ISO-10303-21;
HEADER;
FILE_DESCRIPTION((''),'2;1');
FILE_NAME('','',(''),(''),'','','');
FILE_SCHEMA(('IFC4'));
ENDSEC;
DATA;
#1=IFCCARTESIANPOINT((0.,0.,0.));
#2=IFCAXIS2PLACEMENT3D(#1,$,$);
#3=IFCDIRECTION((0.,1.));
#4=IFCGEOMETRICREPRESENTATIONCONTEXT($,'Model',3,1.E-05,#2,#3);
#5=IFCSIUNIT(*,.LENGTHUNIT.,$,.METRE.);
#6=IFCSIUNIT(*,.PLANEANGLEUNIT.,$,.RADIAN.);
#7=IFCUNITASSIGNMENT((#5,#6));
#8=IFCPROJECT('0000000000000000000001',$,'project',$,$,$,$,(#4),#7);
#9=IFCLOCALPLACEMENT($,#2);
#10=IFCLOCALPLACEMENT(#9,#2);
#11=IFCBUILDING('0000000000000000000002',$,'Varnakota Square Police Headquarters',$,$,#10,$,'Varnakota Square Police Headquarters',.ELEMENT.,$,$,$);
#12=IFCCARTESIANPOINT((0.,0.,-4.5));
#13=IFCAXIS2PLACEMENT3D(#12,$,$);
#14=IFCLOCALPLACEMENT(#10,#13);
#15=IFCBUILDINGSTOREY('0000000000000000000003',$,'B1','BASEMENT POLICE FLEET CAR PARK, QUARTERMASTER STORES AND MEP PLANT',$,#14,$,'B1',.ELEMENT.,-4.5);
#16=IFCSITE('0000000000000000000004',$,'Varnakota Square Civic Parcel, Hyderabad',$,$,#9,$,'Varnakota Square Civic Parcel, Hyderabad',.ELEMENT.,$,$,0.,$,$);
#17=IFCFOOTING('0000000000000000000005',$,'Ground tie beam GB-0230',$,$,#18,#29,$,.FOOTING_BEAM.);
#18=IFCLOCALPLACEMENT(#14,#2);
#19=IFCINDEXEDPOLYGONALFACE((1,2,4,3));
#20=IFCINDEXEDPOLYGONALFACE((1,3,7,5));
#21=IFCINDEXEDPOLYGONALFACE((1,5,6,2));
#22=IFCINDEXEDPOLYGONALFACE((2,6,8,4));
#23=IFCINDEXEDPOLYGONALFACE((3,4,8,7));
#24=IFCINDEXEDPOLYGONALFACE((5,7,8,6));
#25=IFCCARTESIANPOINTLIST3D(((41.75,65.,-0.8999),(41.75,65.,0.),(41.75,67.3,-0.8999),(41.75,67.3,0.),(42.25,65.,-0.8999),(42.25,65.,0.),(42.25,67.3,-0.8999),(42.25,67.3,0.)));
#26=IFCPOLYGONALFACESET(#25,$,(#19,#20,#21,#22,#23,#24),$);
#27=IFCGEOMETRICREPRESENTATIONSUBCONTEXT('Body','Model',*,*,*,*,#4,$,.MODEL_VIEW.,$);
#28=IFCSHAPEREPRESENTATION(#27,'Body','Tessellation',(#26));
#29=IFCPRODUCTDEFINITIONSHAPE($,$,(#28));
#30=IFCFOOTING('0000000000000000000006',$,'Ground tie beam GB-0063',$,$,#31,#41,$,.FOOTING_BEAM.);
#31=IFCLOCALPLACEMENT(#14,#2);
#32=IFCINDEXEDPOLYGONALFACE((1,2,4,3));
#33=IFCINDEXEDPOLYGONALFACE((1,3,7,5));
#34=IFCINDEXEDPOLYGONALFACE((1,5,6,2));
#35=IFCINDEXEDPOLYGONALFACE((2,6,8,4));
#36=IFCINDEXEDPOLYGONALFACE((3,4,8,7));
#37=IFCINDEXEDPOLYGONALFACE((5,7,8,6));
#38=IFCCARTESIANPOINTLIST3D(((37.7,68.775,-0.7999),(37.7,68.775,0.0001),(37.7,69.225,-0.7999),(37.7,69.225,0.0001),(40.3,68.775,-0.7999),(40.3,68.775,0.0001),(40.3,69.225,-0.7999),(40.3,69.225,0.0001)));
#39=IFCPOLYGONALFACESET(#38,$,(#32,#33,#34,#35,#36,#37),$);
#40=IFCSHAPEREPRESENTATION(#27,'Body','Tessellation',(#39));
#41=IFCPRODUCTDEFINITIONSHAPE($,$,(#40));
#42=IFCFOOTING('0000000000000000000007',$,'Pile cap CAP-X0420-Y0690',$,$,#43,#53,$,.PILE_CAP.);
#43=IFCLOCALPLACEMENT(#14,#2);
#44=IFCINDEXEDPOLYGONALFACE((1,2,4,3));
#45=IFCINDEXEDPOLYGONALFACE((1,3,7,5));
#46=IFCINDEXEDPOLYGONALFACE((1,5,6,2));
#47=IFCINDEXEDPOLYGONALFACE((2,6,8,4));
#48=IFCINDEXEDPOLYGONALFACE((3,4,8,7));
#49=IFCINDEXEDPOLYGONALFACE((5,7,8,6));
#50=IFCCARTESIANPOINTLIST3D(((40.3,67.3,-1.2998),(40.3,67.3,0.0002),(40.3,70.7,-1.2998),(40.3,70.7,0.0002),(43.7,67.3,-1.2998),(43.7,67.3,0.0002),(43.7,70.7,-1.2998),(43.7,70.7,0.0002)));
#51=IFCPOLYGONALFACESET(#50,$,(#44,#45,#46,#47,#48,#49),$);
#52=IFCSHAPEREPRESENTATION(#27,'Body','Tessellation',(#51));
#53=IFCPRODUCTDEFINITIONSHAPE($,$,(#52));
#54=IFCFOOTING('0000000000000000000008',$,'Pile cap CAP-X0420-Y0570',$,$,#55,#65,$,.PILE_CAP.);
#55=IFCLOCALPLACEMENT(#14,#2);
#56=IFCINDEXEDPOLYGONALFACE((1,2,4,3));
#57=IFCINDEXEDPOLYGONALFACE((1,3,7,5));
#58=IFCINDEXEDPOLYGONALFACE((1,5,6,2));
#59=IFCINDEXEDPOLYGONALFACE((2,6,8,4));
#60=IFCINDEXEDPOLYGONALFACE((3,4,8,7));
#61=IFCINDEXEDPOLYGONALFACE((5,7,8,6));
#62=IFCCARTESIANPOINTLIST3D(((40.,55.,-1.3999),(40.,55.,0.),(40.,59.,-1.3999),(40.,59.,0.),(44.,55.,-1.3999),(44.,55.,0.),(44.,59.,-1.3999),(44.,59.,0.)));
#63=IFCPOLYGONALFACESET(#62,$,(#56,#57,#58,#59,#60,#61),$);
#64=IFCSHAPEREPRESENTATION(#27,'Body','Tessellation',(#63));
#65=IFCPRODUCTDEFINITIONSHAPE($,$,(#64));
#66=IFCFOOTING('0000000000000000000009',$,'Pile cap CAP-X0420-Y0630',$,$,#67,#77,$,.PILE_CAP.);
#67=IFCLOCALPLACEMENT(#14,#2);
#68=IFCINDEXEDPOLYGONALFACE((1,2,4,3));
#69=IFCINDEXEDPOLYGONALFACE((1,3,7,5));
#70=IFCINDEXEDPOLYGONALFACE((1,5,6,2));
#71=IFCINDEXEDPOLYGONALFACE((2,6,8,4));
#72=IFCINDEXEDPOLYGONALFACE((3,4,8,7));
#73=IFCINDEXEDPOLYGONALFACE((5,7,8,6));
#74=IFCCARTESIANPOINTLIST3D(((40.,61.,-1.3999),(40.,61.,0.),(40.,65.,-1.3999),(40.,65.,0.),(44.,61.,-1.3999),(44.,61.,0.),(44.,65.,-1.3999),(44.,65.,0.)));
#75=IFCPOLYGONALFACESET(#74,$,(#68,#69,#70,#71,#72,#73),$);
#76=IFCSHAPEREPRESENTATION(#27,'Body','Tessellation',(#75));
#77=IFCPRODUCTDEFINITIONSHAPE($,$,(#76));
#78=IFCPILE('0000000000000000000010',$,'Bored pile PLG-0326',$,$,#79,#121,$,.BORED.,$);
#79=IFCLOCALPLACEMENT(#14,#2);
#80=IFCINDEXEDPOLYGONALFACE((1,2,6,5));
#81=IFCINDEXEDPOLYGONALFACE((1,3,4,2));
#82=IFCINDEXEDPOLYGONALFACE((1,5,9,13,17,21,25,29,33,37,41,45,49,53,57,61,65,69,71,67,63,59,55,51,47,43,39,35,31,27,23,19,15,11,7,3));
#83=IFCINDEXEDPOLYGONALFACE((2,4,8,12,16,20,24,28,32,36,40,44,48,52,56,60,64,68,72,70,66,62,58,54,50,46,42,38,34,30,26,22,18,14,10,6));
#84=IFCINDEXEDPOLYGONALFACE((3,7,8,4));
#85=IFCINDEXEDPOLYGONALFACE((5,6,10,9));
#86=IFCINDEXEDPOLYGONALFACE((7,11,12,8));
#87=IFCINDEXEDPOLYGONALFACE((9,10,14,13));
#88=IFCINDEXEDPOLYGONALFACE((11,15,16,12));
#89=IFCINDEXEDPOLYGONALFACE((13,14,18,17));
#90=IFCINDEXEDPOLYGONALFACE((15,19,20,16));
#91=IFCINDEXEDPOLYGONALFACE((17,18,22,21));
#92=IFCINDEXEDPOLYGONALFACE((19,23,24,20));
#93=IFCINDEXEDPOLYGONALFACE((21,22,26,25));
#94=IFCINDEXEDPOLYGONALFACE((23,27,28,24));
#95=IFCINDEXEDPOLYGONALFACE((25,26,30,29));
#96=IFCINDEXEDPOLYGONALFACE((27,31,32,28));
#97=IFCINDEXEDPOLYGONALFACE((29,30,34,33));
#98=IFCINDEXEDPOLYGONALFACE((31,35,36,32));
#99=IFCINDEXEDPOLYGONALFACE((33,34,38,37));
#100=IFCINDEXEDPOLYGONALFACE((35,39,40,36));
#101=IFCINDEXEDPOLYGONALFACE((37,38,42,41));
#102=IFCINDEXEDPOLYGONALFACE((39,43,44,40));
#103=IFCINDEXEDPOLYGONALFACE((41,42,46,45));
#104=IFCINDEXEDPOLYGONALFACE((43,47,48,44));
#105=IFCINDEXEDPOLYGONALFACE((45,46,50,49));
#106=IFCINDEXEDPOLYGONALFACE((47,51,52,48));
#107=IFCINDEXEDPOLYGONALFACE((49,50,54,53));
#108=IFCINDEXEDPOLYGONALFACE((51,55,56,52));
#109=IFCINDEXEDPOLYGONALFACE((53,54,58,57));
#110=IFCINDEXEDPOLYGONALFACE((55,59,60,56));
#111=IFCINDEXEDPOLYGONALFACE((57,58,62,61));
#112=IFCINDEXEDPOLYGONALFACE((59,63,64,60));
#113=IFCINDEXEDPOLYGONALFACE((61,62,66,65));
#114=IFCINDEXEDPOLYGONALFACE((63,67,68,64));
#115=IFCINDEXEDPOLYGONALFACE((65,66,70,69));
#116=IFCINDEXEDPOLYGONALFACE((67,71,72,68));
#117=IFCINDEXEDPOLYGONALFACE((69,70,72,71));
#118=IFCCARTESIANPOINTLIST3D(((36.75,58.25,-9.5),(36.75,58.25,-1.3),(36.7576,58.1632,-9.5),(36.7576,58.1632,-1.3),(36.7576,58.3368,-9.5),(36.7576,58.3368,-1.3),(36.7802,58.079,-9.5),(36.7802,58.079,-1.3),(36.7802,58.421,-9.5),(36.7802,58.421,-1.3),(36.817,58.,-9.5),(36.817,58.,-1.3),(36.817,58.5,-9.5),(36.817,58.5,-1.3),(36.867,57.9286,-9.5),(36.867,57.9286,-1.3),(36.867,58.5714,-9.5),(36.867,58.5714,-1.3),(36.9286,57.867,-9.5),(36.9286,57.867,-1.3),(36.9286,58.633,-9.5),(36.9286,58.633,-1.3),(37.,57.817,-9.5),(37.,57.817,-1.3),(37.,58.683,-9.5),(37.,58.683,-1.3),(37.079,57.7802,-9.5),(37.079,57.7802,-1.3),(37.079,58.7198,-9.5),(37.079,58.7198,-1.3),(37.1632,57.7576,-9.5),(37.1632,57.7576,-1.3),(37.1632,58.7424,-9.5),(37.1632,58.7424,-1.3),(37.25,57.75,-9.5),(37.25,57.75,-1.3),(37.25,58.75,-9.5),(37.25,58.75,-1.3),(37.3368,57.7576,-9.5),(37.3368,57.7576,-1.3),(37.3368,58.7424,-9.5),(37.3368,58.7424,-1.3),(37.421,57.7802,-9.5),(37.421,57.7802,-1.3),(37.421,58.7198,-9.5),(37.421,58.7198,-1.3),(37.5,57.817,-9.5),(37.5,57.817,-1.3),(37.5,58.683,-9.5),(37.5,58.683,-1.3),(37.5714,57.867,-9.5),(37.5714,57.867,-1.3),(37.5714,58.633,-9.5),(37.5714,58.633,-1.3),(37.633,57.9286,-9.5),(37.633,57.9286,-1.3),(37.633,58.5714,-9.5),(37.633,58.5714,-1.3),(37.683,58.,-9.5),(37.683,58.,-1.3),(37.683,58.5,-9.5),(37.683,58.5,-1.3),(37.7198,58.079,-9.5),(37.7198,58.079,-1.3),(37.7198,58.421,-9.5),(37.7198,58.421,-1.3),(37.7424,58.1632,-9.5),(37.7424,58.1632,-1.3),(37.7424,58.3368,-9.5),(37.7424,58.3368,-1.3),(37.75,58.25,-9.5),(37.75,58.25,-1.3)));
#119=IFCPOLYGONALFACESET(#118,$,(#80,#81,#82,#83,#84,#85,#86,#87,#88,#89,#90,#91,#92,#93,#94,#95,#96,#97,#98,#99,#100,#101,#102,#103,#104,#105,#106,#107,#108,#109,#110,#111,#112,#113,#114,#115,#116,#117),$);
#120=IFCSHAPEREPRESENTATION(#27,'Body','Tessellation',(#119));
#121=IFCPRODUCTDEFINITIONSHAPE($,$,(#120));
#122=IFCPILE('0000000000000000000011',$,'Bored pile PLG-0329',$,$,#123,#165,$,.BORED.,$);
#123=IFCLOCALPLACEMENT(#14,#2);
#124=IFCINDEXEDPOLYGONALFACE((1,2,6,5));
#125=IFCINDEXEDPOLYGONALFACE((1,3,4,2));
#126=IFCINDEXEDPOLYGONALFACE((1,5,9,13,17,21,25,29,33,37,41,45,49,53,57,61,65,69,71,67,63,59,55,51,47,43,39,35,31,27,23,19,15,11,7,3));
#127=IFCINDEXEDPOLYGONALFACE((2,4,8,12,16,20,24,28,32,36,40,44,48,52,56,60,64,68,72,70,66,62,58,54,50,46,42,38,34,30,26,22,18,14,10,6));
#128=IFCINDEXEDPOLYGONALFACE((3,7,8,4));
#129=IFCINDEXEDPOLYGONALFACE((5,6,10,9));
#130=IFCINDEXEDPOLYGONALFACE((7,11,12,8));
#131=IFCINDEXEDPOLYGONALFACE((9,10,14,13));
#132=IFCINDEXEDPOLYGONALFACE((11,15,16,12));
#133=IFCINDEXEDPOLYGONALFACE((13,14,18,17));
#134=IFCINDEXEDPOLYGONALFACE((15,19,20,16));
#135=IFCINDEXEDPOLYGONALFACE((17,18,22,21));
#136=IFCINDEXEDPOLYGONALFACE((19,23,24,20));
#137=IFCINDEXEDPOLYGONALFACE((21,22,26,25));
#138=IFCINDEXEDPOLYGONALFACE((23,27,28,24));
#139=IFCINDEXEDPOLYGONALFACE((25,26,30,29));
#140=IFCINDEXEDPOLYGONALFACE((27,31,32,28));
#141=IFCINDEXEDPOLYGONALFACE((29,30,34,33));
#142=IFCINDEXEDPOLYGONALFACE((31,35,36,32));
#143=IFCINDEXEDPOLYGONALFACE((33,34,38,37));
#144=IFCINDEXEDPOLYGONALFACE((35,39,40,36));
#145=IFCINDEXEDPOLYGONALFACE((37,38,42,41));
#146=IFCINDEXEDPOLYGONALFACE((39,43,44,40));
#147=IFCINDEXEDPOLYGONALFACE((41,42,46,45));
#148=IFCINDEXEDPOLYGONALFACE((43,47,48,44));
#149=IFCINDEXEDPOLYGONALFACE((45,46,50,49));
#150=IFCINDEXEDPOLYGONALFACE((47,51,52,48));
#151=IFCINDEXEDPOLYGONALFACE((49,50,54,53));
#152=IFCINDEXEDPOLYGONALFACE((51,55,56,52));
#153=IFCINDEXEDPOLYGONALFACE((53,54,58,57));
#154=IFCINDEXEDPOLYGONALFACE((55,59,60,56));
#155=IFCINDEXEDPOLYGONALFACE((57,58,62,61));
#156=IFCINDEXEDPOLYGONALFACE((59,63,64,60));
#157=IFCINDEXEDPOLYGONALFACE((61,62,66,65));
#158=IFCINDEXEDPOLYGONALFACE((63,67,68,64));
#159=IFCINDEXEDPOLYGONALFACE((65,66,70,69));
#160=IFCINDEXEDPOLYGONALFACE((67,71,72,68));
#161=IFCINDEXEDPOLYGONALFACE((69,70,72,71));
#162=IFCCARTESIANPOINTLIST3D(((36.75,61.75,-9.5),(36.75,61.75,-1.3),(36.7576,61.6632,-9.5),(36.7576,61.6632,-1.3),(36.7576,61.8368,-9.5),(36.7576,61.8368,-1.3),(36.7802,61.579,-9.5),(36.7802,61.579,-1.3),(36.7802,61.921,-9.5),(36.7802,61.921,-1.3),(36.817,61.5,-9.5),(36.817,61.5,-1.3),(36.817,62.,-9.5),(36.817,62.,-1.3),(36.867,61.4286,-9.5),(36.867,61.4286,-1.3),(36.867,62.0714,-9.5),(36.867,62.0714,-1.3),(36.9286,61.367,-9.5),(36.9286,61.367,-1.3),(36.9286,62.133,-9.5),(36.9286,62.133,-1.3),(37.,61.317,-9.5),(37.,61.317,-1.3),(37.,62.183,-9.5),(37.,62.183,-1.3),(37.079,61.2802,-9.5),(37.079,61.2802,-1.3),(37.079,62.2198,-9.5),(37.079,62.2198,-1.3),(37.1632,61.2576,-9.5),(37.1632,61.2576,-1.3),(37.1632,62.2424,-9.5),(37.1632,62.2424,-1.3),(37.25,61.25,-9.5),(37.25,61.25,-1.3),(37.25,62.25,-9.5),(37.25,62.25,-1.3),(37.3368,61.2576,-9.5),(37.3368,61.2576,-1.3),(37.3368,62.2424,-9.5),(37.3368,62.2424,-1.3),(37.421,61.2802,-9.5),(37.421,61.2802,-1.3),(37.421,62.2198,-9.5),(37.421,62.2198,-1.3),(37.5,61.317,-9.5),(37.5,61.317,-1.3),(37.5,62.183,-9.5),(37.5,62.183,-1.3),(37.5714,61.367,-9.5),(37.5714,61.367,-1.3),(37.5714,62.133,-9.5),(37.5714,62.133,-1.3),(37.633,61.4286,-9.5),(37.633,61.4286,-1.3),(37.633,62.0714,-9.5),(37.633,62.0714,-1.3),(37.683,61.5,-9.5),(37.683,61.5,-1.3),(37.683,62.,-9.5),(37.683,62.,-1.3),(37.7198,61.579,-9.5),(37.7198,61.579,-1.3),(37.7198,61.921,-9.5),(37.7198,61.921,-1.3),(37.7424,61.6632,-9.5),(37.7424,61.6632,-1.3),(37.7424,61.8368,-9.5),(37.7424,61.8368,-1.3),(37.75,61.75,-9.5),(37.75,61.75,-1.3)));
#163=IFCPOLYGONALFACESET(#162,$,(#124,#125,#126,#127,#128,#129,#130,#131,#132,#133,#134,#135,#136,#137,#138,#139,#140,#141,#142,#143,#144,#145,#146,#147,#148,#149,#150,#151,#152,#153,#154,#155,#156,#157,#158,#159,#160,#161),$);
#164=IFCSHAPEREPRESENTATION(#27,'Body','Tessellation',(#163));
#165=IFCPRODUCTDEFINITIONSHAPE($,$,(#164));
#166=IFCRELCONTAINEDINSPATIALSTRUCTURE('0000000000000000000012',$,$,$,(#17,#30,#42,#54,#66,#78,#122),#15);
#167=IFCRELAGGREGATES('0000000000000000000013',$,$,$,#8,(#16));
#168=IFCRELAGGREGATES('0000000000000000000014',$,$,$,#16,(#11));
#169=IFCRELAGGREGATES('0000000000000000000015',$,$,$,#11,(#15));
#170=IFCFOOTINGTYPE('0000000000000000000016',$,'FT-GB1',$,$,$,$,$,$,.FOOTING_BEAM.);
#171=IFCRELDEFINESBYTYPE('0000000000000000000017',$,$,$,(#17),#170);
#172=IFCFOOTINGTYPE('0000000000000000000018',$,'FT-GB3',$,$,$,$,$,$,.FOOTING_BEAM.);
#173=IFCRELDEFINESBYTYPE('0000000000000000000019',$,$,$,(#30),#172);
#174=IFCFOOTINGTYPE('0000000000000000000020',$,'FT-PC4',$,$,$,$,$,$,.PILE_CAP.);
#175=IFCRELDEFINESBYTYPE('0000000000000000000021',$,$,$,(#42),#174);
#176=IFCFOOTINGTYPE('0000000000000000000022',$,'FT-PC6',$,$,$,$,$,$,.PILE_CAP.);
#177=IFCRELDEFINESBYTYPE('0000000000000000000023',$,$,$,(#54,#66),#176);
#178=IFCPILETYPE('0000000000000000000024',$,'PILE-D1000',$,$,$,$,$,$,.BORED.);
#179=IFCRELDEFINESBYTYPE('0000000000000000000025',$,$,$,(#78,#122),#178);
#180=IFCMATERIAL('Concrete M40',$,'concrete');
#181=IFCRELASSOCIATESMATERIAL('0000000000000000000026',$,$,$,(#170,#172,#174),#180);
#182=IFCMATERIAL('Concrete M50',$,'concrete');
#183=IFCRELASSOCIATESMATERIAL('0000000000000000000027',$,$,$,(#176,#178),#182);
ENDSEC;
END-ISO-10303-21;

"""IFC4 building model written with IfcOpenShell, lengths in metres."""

from ifc_helpers import new_model, si_unit, direction, frame, origin, origin_2d, place, context, subcontext, project, spatial, rectangle, circle, extrude, material, material_profile, profile_set, type_object, element, save


model = new_model("IFC4")

# Units and contexts
model_context = context("Model", 3, precision=1e-05, world=origin(), true_north=direction((0.0, 1.0)))
body_context = subcontext(model_context, "Body", "Model", "MODEL_VIEW")
ifc_project = project(units=[si_unit("LENGTHUNIT", "METRE"), si_unit("PLANEANGLEUNIT", "RADIAN")], contexts=[model_context])

# Site, building, storey
site_placement = place(None, origin())
site = spatial("IfcSite", under=ifc_project, at=site_placement, Name="Varnakota Square Civic Parcel, Hyderabad", LongName="Varnakota Square Civic Parcel, Hyderabad", CompositionType="ELEMENT", RefElevation=0.0)
building_placement = place(site_placement, origin())
building = spatial("IfcBuilding", under=site, at=building_placement, Name="Varnakota Square Police Headquarters", LongName="Varnakota Square Police Headquarters", CompositionType="ELEMENT")
storey_placement = place(building_placement, frame((0.0, 0.0, -4.5)))
storey = spatial("IfcBuildingStorey", under=building, at=storey_placement, Name="B1", Description="BASEMENT POLICE FLEET CAR PARK, QUARTERMASTER STORES AND MEP PLANT", LongName="B1", CompositionType="ELEMENT", Elevation=-4.5)

# Footings
ifc_material_1 = material(Name="Concrete M40", Category="concrete")
ifc_material_profile_1 = material_profile(ifc_material_1, rectangle(XDim=0.5, YDim=0.8999, at=origin_2d()), Name="GB 500x900")
ifc_profile_set_1 = profile_set([ifc_material_profile_1], Name="Concrete M40")
footing_type_1 = type_object("IfcFootingType", Name="FT-GB1", PredefinedType="FOOTING_BEAM", material=ifc_profile_set_1)
footing_1_placement = place(storey_placement, frame((42.0, 65.0, -0.45), z_axis=(0.0, 1.0, 0.0), x_axis=(-1.0, 0.0, 0.0)))
element("IfcFooting", 1, at=footing_1_placement, inside=storey, type_object=footing_type_1, Name="Ground tie beam GB-0230", PredefinedType="FOOTING_BEAM", context=body_context, shape_type="SweptSolid", body=[
    extrude(rectangle(XDim=0.5, YDim=0.8999, at=origin_2d()), origin(), (0.0, 0.0, 1.0), 2.3),
])
ifc_material_profile_2 = material_profile(ifc_material_1, rectangle(XDim=0.45, YDim=0.8, at=origin_2d()), Name="GB 450x800")
ifc_profile_set_2 = profile_set([ifc_material_profile_2], Name="Concrete M40")
footing_type_2 = type_object("IfcFootingType", Name="FT-GB3", PredefinedType="FOOTING_BEAM", material=ifc_profile_set_2)
footing_2_placement = place(storey_placement, frame((37.7, 69.0, -0.3999), z_axis=(1.0, 0.0, 0.0), x_axis=(0.0, 1.0, 0.0)))
element("IfcFooting", 2, at=footing_2_placement, inside=storey, type_object=footing_type_2, Name="Ground tie beam GB-0063", PredefinedType="FOOTING_BEAM", context=body_context, shape_type="SweptSolid", body=[
    extrude(rectangle(XDim=0.45, YDim=0.8, at=origin_2d()), origin(), (0.0, 0.0, 1.0), 2.6001),
])
footing_type_3 = type_object("IfcFootingType", Name="FT-PC4", PredefinedType="PILE_CAP", material=ifc_material_1)
footing_3_placement = place(storey_placement, frame((42.0, 69.0, -1.2998), z_axis=(0.0, 0.0, 1.0), x_axis=(1.0, 0.0, 0.0)))
element("IfcFooting", 3, at=footing_3_placement, inside=storey, type_object=footing_type_3, Name="Pile cap CAP-X0420-Y0690", PredefinedType="PILE_CAP", context=body_context, shape_type="SweptSolid", body=[
    extrude(rectangle(XDim=3.3999, YDim=3.3999, at=origin_2d()), origin(), (0.0, 0.0, 1.0), 1.3),
])
ifc_material_2 = material(Name="Concrete M50", Category="concrete")
footing_type_4 = type_object("IfcFootingType", Name="FT-PC6", PredefinedType="PILE_CAP", material=ifc_material_2)
for number, where, z_axis, x_axis, name in (
    (4, (42.0, 57.0, -1.3999), (0.0, 0.0, 1.0), (1.0, 0.0, 0.0), "Pile cap CAP-X0420-Y0570"),
    (5, (42.0, 63.0, -1.3999), (0.0, 0.0, 1.0), (1.0, 0.0, 0.0), "Pile cap CAP-X0420-Y0630"),
):
    element("IfcFooting", number, at=place(storey_placement, frame(where, z_axis=z_axis, x_axis=x_axis)), inside=storey, type_object=footing_type_4, Name=name, PredefinedType="PILE_CAP", context=body_context, shape_type="SweptSolid", body=[
        extrude(rectangle(XDim=4.0, YDim=4.0, at=origin_2d()), origin(), (0.0, 0.0, 1.0), 1.3999),
    ])

# Piles
ifc_material_profile_3 = material_profile(ifc_material_2, circle(Radius=0.5, at=origin_2d()), Name="BORED PILE 1000")
ifc_profile_set_3 = profile_set([ifc_material_profile_3], Name="Concrete M50")
pile_type_1 = type_object("IfcPileType", Name="PILE-D1000", PredefinedType="BORED", material=ifc_profile_set_3)
for number, where, z_axis, x_axis, name in (
    (6, (37.25, 58.25, -1.3), (0.0, 0.0, -1.0), (1.0, 0.0, 0.0), "Bored pile PLG-0326"),
    (7, (37.25, 61.75, -1.3), (0.0, 0.0, -1.0), (1.0, 0.0, 0.0), "Bored pile PLG-0329"),
):
    element("IfcPile", number, at=place(storey_placement, frame(where, z_axis=z_axis, x_axis=x_axis)), inside=storey, type_object=pile_type_1, Name=name, PredefinedType="BORED", context=body_context, shape_type="SweptSolid", body=[
        extrude(circle(Radius=0.5, at=origin_2d()), origin(), (0.0, 0.0, 1.0), 8.2),
    ])

save(model, "model.ifc")
